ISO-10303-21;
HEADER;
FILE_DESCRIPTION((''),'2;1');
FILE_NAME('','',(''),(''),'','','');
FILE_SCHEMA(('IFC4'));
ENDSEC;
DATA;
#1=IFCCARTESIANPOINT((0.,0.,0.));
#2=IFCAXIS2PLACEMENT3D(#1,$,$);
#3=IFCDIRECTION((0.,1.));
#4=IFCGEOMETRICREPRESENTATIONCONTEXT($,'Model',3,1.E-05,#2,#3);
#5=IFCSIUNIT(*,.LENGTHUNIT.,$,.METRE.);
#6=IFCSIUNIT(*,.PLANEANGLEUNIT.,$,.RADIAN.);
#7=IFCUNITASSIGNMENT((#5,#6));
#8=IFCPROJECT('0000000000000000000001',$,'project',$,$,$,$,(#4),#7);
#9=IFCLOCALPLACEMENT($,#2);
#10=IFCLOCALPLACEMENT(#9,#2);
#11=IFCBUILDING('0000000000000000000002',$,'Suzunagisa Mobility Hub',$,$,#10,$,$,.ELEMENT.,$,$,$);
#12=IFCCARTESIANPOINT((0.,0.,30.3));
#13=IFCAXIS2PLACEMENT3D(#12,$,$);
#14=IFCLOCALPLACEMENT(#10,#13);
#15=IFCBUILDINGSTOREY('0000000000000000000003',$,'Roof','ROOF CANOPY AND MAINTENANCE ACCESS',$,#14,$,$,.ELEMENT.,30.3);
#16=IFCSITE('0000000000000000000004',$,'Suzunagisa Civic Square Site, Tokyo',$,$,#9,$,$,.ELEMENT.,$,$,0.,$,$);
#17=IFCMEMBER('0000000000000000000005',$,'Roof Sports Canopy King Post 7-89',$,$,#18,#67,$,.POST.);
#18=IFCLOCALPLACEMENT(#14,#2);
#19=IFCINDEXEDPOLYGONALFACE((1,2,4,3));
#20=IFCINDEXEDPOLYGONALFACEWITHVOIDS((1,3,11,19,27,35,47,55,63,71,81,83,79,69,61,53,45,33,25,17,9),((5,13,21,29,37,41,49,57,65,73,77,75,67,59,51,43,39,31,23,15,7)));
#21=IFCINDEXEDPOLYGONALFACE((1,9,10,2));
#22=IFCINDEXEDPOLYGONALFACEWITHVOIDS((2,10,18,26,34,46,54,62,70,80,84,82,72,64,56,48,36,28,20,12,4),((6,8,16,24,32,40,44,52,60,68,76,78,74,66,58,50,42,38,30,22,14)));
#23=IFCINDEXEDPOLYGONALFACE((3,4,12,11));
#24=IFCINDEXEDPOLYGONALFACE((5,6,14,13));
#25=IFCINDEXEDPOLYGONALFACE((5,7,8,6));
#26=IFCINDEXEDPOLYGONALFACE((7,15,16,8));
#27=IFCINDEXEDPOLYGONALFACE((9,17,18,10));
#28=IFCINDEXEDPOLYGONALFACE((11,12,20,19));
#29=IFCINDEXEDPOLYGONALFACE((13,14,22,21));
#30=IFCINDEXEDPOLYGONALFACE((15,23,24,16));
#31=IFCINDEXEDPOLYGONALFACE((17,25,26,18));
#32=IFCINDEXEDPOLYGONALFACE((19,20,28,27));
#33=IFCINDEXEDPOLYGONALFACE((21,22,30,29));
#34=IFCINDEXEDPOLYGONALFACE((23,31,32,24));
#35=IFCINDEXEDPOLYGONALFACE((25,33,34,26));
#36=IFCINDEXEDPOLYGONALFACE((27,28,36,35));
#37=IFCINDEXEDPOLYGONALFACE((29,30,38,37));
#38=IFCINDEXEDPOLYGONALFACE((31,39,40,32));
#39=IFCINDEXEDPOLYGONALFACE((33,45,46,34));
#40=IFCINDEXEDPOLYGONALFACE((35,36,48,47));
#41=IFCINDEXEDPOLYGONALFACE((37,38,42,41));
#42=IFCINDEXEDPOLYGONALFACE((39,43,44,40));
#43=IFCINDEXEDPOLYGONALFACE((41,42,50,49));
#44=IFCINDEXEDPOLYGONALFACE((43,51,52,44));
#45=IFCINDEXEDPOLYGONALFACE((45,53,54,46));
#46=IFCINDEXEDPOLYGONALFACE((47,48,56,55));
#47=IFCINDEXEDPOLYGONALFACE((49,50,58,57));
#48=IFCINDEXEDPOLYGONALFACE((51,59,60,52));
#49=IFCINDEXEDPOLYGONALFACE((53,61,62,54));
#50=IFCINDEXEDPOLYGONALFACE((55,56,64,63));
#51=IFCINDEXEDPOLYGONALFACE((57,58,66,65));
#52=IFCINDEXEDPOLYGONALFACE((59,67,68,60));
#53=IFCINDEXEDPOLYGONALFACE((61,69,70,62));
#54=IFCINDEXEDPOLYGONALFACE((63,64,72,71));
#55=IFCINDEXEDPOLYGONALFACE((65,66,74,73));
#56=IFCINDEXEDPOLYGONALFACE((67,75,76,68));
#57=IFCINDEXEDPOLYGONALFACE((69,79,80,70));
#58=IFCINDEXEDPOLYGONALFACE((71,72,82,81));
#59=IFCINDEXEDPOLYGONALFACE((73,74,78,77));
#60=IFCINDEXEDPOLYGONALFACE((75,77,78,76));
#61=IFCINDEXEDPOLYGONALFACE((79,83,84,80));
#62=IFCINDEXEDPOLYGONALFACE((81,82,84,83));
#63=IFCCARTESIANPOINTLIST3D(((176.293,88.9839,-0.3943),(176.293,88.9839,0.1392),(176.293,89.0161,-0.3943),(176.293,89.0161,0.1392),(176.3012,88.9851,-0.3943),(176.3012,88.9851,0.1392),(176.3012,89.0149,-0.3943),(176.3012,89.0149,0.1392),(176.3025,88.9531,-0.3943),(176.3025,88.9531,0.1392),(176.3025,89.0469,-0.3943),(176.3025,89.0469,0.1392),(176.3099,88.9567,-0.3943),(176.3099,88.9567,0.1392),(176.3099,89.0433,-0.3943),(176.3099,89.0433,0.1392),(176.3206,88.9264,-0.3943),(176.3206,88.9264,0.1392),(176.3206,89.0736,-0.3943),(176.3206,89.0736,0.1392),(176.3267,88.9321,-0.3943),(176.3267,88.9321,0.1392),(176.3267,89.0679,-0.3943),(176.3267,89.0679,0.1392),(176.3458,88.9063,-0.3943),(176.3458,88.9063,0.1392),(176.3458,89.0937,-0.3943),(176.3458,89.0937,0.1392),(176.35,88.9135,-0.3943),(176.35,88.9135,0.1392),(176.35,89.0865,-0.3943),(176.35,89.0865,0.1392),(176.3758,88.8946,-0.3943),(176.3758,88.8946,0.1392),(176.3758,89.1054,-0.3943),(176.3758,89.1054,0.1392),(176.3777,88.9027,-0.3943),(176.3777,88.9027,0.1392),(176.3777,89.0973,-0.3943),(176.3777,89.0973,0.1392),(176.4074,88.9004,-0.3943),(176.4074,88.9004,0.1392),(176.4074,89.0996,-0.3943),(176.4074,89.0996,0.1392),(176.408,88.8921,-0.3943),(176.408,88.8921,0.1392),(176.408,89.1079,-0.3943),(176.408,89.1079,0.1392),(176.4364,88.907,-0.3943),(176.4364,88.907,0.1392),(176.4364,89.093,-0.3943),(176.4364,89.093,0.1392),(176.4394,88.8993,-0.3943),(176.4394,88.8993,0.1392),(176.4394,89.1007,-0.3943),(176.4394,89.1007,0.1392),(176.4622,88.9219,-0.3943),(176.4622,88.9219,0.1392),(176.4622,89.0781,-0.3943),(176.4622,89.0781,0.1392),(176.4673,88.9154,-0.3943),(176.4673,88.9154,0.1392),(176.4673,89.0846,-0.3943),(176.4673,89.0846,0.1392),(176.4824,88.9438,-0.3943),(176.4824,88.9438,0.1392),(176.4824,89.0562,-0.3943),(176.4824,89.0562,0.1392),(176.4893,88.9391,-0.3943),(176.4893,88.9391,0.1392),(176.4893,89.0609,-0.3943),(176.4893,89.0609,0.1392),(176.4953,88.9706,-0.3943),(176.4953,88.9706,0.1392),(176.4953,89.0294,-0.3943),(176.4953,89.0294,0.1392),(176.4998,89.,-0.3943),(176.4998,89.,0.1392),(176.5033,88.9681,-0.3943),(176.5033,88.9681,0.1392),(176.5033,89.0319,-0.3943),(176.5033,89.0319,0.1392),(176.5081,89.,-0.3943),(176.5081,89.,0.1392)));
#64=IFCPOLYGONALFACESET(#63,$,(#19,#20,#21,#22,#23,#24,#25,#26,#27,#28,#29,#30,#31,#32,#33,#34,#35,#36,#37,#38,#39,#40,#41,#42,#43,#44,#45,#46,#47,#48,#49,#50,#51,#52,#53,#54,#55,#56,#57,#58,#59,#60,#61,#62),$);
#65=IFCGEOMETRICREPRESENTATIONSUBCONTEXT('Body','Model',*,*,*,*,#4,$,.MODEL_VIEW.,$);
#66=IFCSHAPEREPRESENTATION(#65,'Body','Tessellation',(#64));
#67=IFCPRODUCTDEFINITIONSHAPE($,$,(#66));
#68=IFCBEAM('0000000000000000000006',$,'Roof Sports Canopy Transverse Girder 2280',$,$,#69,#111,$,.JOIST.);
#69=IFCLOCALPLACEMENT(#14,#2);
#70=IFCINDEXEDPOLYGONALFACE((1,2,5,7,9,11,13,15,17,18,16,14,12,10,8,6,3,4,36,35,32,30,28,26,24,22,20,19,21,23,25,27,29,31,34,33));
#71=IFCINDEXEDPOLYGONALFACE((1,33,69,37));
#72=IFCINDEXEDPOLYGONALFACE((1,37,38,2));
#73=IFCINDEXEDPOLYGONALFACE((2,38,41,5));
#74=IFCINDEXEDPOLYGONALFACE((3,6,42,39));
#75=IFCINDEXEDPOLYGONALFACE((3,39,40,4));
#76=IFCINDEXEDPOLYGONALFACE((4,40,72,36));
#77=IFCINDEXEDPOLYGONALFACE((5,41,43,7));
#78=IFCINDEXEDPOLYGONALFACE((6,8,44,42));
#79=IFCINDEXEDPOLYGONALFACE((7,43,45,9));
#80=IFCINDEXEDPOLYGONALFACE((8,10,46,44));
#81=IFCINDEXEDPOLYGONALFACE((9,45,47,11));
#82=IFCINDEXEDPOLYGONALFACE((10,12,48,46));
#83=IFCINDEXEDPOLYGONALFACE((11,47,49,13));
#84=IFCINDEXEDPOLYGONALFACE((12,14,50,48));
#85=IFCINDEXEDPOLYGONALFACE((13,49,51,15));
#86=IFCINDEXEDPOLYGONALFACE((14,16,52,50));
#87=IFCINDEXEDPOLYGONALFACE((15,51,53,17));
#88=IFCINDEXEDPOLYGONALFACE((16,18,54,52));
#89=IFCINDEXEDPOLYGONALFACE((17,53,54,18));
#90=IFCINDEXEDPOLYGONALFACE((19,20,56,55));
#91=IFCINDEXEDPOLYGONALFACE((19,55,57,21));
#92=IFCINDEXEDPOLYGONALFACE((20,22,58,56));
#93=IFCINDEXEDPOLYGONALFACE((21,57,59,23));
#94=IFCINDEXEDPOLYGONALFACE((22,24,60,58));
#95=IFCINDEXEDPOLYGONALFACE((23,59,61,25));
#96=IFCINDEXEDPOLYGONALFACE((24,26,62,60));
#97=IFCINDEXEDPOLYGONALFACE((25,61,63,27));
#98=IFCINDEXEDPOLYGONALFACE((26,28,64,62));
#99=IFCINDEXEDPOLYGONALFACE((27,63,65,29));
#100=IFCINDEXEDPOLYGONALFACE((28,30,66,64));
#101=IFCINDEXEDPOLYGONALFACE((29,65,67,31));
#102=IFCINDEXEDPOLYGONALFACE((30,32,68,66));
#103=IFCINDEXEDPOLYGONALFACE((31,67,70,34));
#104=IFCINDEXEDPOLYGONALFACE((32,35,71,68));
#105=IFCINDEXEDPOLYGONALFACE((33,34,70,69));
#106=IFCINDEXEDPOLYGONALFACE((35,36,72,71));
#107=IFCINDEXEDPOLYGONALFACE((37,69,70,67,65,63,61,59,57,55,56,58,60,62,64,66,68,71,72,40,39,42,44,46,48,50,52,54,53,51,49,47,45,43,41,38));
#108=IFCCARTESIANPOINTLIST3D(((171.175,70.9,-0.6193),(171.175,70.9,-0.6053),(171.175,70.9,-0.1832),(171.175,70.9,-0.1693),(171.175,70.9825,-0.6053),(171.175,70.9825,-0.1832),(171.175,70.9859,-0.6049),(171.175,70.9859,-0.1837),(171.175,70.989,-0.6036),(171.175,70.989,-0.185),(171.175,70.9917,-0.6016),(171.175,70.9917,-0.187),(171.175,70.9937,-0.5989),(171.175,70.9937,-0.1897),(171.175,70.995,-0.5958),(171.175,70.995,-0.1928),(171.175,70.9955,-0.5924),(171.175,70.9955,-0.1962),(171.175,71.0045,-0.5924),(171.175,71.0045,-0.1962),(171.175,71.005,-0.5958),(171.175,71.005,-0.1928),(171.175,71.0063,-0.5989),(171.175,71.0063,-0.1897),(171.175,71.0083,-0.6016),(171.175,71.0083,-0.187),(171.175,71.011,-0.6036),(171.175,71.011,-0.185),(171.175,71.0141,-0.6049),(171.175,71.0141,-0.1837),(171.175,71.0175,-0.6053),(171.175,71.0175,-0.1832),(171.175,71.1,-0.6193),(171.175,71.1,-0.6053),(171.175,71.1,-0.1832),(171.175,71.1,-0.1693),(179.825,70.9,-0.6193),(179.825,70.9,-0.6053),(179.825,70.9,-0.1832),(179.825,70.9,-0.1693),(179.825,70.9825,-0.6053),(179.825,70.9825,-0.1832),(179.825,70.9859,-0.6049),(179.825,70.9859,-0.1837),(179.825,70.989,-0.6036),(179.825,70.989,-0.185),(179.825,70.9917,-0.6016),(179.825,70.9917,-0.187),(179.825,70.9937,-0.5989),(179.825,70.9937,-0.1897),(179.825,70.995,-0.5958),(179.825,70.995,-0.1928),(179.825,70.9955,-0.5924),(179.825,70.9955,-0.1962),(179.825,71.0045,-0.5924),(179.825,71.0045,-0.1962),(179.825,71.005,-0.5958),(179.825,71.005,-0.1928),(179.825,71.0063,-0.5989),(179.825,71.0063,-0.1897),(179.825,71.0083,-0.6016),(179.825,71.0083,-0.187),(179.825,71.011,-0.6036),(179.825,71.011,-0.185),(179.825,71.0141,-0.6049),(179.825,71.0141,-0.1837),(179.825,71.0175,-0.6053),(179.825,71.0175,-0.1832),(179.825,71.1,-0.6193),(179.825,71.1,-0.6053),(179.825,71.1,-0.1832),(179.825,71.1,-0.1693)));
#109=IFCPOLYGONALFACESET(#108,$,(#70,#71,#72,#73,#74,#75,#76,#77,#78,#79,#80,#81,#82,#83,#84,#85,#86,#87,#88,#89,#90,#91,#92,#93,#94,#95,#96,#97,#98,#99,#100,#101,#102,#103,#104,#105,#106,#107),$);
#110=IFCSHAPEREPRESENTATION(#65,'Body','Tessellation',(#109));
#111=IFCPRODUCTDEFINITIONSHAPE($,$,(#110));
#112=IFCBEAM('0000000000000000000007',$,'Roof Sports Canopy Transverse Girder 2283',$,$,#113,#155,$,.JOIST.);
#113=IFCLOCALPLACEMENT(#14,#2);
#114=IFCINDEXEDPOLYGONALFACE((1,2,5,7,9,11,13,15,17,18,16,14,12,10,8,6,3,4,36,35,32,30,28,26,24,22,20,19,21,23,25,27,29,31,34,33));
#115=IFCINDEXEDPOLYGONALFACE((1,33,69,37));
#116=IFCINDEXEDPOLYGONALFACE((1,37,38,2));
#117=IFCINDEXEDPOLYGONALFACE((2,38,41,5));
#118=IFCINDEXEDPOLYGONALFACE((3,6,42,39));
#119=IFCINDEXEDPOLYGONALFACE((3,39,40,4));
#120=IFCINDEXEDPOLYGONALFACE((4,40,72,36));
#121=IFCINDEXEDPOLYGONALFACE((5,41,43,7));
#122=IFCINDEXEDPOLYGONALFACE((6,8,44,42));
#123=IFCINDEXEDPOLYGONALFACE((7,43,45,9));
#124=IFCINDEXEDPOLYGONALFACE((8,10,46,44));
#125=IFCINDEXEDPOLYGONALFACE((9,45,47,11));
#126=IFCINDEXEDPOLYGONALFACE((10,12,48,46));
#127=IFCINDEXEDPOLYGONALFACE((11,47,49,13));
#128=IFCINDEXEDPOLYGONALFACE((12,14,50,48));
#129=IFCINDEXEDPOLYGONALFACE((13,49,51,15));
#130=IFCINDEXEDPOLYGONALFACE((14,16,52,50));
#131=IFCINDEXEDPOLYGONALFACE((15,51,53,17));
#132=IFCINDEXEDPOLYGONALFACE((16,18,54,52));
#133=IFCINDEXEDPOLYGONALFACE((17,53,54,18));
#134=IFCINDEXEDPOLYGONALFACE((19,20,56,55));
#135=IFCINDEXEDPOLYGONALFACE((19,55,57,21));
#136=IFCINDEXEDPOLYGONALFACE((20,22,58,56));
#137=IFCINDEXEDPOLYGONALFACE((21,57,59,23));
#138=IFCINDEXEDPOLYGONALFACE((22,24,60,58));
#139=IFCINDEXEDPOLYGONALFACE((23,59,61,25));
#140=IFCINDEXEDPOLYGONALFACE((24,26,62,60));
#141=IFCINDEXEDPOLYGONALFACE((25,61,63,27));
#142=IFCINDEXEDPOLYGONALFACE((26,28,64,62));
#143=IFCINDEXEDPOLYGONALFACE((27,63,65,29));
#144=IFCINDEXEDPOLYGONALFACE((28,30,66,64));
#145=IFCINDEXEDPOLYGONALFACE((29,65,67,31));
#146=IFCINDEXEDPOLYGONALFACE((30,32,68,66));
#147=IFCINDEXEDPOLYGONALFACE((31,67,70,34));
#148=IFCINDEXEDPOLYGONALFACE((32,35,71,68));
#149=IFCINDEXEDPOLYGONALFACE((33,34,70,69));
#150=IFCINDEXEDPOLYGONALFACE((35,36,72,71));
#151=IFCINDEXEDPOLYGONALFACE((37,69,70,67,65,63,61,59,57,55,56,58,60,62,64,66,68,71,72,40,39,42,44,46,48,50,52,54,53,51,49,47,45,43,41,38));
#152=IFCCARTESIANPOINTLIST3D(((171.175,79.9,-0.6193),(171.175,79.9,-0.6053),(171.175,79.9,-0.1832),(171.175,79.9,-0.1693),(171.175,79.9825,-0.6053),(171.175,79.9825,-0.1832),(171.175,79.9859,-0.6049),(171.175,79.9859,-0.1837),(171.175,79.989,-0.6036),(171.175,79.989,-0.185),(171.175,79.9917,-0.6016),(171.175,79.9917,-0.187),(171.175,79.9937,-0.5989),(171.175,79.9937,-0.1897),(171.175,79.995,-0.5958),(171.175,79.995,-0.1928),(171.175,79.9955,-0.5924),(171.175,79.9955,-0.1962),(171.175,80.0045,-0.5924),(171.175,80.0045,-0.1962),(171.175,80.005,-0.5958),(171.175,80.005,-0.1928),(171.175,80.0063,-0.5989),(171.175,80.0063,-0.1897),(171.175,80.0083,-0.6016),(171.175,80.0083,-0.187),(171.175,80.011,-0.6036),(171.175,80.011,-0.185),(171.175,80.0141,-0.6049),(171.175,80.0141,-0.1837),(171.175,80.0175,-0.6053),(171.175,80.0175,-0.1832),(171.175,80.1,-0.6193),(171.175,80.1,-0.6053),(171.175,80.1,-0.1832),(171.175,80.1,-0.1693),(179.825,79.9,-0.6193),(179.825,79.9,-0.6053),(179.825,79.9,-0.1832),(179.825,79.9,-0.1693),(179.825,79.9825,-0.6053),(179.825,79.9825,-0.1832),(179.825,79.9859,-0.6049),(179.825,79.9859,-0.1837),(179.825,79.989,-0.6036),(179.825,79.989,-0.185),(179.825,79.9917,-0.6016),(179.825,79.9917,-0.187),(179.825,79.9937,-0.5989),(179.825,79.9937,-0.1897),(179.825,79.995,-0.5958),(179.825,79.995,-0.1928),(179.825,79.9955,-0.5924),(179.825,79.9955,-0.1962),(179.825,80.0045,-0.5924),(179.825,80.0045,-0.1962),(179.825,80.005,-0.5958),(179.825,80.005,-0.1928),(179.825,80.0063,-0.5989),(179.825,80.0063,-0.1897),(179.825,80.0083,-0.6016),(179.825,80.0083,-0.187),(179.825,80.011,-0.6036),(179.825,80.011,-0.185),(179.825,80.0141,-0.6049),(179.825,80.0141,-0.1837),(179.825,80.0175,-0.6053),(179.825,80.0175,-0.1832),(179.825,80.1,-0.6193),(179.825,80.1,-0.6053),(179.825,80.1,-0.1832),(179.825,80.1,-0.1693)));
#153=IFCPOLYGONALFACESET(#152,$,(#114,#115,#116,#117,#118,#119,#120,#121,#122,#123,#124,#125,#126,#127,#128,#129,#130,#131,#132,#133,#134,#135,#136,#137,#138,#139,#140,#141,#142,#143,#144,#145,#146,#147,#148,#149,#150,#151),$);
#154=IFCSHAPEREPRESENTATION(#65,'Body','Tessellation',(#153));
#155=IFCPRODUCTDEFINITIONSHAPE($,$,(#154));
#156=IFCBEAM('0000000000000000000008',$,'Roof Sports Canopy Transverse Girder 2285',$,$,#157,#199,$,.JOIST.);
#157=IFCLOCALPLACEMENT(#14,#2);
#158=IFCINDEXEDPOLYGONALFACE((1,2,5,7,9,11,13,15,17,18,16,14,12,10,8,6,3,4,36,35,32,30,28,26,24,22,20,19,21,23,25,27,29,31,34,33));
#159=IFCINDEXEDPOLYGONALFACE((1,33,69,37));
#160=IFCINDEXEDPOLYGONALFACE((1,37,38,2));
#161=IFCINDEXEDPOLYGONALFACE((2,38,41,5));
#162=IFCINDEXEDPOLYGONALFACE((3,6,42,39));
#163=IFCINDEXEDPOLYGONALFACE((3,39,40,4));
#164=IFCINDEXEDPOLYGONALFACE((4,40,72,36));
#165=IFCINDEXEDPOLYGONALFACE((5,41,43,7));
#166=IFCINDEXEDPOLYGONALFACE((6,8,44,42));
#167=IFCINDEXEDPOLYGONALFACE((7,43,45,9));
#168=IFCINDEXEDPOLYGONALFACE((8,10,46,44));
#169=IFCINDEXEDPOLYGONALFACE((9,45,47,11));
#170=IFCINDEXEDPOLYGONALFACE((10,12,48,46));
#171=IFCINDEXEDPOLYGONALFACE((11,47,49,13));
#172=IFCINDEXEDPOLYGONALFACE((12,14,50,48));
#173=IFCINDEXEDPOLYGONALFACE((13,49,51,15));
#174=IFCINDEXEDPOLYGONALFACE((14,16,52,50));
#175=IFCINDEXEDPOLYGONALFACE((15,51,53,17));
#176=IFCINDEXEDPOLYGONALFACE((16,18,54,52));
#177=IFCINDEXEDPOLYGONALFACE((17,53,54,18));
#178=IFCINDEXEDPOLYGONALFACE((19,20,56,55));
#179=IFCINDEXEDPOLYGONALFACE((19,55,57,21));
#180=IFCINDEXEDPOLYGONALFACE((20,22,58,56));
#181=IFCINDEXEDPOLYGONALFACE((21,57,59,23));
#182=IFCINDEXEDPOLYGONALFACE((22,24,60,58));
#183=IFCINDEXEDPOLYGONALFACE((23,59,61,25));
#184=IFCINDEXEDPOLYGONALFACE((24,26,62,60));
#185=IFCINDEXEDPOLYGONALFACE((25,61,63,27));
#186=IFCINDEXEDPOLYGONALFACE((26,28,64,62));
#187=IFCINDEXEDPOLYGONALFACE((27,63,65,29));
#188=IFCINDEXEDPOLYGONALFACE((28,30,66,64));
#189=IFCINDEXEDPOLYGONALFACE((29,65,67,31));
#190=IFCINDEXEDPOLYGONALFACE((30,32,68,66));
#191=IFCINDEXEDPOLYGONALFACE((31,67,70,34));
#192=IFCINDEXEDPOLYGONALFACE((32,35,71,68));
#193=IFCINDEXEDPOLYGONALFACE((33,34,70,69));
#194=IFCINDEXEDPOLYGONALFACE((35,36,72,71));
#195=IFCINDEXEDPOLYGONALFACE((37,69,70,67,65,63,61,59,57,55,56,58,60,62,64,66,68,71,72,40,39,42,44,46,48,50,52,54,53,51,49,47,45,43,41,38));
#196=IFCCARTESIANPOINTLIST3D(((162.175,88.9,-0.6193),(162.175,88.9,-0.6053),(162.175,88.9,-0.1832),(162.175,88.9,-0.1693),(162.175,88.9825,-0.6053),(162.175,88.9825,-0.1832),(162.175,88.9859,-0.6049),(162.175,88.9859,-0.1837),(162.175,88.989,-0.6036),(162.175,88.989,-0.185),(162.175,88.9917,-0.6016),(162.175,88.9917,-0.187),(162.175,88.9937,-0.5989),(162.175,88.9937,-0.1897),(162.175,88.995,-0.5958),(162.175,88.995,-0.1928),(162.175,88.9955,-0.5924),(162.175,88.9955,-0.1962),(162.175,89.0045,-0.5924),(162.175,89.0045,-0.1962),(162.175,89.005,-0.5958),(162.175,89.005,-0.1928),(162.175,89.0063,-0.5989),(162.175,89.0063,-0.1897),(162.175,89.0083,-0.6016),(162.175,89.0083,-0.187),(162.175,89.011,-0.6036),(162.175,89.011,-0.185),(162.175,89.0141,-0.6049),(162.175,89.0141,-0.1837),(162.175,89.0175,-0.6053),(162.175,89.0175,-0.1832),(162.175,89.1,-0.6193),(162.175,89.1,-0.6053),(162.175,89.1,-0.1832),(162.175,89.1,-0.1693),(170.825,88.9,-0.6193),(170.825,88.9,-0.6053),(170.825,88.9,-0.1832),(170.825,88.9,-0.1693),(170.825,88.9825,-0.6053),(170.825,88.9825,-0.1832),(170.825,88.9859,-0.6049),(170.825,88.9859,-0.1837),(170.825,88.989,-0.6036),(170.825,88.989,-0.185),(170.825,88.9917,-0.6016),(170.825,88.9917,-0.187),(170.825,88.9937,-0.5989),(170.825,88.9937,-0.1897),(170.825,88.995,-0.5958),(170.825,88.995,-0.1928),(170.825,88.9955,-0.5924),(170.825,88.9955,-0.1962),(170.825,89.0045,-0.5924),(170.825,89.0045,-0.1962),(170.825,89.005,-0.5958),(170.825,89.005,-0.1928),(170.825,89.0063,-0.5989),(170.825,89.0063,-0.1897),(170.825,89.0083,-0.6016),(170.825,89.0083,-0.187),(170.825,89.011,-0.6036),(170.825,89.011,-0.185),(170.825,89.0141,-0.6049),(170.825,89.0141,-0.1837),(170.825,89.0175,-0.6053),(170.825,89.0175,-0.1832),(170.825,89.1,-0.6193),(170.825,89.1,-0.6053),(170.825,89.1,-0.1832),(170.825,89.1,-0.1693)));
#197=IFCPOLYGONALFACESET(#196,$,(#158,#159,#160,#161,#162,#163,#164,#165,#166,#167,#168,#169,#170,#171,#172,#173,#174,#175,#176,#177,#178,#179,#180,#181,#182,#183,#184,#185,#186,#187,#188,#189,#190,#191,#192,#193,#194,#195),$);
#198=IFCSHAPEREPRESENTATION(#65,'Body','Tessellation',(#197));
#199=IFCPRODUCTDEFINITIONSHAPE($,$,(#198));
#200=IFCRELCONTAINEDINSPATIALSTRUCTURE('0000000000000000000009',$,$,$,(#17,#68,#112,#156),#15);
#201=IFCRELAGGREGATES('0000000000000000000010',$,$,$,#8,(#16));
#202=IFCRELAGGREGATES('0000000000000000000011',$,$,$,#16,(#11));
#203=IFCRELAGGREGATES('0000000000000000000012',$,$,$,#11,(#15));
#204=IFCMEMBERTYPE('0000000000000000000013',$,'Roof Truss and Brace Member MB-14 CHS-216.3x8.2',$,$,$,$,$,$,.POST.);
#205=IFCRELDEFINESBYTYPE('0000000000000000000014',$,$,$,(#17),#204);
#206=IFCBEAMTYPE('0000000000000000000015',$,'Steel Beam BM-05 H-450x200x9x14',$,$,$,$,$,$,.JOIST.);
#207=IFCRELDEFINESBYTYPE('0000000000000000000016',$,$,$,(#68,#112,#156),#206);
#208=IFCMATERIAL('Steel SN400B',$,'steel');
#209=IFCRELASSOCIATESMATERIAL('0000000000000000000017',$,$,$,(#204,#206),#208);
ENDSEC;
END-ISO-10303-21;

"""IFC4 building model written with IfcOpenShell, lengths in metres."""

from ifc_helpers import new_model, si_unit, direction, frame, origin, origin_2d, place, context, subcontext, project, spatial, hollow_circle, i_section, extrude, material, material_profile, profile_set, type_object, element, save


model = new_model("IFC4")

# Units and contexts
model_context = context("Model", 3, precision=1e-05, world=origin(), true_north=direction((0.0, 1.0)))
body_context = subcontext(model_context, "Body", "Model", "MODEL_VIEW")
ifc_project = project(units=[si_unit("LENGTHUNIT", "METRE"), si_unit("PLANEANGLEUNIT", "RADIAN")], contexts=[model_context])

# Site, building, storey
site_placement = place(None, origin())
site = spatial("IfcSite", under=ifc_project, at=site_placement, Name="Suzunagisa Civic Square Site, Tokyo", CompositionType="ELEMENT", RefElevation=0.0)
building_placement = place(site_placement, origin())
building = spatial("IfcBuilding", under=site, at=building_placement, Name="Suzunagisa Mobility Hub", CompositionType="ELEMENT")
storey_placement = place(building_placement, frame((0.0, 0.0, 30.3)))
storey = spatial("IfcBuildingStorey", under=building, at=storey_placement, Name="Roof", Description="ROOF CANOPY AND MAINTENANCE ACCESS", CompositionType="ELEMENT", Elevation=30.3)

# Member
ifc_material_1 = material(Name="Steel SN400B", Category="steel")
ifc_material_profile_1 = material_profile(ifc_material_1, hollow_circle(Radius=0.1082, WallThickness=0.0083, at=origin_2d()), Name="CHS-216.3x8.2")
ifc_profile_set_1 = profile_set([ifc_material_profile_1], Name="Steel SN400B")
member_type = type_object("IfcMemberType", Name="Roof Truss and Brace Member MB-14 CHS-216.3x8.2", PredefinedType="POST", material=ifc_profile_set_1)
for number, where, z_axis, x_axis, name in (
    (1, (176.3999, 89.0, -0.3943), (0.0, 0.0, 1.0), (1.0, 0.0, 0.0), "Roof Sports Canopy King Post 7-89"),
):
    element("IfcMember", number, at=place(storey_placement, frame(where, z_axis=z_axis, x_axis=x_axis)), inside=storey, type_object=member_type, Name=name, PredefinedType="POST", context=body_context, shape_type="SweptSolid", body=[
        extrude(hollow_circle(Radius=0.1082, WallThickness=0.0083, at=origin_2d()), origin(), (0.0, 0.0, 1.0), 0.5334),
    ])

# Beams
ifc_material_profile_2 = material_profile(ifc_material_1, i_section(OverallWidth=0.2, OverallDepth=0.45, WebThickness=0.009, FlangeThickness=0.0139, FilletRadius=0.0129, at=origin_2d()), Name="H-450x200x9x14")
ifc_profile_set_2 = profile_set([ifc_material_profile_2], Name="Steel SN400B")
beam_type = type_object("IfcBeamType", Name="Steel Beam BM-05 H-450x200x9x14", PredefinedType="JOIST", material=ifc_profile_set_2)
for number, where, z_axis, x_axis, name in (
    (2, (171.175, 71.0, -0.3943), (1.0, 0.0, 0.0), (0.0, 1.0, 0.0), "Roof Sports Canopy Transverse Girder 2280"),
    (3, (171.175, 80.0, -0.3943), (1.0, 0.0, 0.0), (0.0, 1.0, 0.0), "Roof Sports Canopy Transverse Girder 2283"),
    (4, (162.175, 89.0, -0.3943), (1.0, 0.0, 0.0), (0.0, 1.0, 0.0), "Roof Sports Canopy Transverse Girder 2285"),
):
    element("IfcBeam", number, at=place(storey_placement, frame(where, z_axis=z_axis, x_axis=x_axis)), inside=storey, type_object=beam_type, Name=name, PredefinedType="JOIST", context=body_context, shape_type="SweptSolid", body=[
        extrude(i_section(OverallWidth=0.2, OverallDepth=0.45, WebThickness=0.009, FlangeThickness=0.0139, FilletRadius=0.0129, at=origin_2d()), origin(), (0.0, 0.0, 1.0), 8.6499),
    ])

save(model, "model.ifc")
